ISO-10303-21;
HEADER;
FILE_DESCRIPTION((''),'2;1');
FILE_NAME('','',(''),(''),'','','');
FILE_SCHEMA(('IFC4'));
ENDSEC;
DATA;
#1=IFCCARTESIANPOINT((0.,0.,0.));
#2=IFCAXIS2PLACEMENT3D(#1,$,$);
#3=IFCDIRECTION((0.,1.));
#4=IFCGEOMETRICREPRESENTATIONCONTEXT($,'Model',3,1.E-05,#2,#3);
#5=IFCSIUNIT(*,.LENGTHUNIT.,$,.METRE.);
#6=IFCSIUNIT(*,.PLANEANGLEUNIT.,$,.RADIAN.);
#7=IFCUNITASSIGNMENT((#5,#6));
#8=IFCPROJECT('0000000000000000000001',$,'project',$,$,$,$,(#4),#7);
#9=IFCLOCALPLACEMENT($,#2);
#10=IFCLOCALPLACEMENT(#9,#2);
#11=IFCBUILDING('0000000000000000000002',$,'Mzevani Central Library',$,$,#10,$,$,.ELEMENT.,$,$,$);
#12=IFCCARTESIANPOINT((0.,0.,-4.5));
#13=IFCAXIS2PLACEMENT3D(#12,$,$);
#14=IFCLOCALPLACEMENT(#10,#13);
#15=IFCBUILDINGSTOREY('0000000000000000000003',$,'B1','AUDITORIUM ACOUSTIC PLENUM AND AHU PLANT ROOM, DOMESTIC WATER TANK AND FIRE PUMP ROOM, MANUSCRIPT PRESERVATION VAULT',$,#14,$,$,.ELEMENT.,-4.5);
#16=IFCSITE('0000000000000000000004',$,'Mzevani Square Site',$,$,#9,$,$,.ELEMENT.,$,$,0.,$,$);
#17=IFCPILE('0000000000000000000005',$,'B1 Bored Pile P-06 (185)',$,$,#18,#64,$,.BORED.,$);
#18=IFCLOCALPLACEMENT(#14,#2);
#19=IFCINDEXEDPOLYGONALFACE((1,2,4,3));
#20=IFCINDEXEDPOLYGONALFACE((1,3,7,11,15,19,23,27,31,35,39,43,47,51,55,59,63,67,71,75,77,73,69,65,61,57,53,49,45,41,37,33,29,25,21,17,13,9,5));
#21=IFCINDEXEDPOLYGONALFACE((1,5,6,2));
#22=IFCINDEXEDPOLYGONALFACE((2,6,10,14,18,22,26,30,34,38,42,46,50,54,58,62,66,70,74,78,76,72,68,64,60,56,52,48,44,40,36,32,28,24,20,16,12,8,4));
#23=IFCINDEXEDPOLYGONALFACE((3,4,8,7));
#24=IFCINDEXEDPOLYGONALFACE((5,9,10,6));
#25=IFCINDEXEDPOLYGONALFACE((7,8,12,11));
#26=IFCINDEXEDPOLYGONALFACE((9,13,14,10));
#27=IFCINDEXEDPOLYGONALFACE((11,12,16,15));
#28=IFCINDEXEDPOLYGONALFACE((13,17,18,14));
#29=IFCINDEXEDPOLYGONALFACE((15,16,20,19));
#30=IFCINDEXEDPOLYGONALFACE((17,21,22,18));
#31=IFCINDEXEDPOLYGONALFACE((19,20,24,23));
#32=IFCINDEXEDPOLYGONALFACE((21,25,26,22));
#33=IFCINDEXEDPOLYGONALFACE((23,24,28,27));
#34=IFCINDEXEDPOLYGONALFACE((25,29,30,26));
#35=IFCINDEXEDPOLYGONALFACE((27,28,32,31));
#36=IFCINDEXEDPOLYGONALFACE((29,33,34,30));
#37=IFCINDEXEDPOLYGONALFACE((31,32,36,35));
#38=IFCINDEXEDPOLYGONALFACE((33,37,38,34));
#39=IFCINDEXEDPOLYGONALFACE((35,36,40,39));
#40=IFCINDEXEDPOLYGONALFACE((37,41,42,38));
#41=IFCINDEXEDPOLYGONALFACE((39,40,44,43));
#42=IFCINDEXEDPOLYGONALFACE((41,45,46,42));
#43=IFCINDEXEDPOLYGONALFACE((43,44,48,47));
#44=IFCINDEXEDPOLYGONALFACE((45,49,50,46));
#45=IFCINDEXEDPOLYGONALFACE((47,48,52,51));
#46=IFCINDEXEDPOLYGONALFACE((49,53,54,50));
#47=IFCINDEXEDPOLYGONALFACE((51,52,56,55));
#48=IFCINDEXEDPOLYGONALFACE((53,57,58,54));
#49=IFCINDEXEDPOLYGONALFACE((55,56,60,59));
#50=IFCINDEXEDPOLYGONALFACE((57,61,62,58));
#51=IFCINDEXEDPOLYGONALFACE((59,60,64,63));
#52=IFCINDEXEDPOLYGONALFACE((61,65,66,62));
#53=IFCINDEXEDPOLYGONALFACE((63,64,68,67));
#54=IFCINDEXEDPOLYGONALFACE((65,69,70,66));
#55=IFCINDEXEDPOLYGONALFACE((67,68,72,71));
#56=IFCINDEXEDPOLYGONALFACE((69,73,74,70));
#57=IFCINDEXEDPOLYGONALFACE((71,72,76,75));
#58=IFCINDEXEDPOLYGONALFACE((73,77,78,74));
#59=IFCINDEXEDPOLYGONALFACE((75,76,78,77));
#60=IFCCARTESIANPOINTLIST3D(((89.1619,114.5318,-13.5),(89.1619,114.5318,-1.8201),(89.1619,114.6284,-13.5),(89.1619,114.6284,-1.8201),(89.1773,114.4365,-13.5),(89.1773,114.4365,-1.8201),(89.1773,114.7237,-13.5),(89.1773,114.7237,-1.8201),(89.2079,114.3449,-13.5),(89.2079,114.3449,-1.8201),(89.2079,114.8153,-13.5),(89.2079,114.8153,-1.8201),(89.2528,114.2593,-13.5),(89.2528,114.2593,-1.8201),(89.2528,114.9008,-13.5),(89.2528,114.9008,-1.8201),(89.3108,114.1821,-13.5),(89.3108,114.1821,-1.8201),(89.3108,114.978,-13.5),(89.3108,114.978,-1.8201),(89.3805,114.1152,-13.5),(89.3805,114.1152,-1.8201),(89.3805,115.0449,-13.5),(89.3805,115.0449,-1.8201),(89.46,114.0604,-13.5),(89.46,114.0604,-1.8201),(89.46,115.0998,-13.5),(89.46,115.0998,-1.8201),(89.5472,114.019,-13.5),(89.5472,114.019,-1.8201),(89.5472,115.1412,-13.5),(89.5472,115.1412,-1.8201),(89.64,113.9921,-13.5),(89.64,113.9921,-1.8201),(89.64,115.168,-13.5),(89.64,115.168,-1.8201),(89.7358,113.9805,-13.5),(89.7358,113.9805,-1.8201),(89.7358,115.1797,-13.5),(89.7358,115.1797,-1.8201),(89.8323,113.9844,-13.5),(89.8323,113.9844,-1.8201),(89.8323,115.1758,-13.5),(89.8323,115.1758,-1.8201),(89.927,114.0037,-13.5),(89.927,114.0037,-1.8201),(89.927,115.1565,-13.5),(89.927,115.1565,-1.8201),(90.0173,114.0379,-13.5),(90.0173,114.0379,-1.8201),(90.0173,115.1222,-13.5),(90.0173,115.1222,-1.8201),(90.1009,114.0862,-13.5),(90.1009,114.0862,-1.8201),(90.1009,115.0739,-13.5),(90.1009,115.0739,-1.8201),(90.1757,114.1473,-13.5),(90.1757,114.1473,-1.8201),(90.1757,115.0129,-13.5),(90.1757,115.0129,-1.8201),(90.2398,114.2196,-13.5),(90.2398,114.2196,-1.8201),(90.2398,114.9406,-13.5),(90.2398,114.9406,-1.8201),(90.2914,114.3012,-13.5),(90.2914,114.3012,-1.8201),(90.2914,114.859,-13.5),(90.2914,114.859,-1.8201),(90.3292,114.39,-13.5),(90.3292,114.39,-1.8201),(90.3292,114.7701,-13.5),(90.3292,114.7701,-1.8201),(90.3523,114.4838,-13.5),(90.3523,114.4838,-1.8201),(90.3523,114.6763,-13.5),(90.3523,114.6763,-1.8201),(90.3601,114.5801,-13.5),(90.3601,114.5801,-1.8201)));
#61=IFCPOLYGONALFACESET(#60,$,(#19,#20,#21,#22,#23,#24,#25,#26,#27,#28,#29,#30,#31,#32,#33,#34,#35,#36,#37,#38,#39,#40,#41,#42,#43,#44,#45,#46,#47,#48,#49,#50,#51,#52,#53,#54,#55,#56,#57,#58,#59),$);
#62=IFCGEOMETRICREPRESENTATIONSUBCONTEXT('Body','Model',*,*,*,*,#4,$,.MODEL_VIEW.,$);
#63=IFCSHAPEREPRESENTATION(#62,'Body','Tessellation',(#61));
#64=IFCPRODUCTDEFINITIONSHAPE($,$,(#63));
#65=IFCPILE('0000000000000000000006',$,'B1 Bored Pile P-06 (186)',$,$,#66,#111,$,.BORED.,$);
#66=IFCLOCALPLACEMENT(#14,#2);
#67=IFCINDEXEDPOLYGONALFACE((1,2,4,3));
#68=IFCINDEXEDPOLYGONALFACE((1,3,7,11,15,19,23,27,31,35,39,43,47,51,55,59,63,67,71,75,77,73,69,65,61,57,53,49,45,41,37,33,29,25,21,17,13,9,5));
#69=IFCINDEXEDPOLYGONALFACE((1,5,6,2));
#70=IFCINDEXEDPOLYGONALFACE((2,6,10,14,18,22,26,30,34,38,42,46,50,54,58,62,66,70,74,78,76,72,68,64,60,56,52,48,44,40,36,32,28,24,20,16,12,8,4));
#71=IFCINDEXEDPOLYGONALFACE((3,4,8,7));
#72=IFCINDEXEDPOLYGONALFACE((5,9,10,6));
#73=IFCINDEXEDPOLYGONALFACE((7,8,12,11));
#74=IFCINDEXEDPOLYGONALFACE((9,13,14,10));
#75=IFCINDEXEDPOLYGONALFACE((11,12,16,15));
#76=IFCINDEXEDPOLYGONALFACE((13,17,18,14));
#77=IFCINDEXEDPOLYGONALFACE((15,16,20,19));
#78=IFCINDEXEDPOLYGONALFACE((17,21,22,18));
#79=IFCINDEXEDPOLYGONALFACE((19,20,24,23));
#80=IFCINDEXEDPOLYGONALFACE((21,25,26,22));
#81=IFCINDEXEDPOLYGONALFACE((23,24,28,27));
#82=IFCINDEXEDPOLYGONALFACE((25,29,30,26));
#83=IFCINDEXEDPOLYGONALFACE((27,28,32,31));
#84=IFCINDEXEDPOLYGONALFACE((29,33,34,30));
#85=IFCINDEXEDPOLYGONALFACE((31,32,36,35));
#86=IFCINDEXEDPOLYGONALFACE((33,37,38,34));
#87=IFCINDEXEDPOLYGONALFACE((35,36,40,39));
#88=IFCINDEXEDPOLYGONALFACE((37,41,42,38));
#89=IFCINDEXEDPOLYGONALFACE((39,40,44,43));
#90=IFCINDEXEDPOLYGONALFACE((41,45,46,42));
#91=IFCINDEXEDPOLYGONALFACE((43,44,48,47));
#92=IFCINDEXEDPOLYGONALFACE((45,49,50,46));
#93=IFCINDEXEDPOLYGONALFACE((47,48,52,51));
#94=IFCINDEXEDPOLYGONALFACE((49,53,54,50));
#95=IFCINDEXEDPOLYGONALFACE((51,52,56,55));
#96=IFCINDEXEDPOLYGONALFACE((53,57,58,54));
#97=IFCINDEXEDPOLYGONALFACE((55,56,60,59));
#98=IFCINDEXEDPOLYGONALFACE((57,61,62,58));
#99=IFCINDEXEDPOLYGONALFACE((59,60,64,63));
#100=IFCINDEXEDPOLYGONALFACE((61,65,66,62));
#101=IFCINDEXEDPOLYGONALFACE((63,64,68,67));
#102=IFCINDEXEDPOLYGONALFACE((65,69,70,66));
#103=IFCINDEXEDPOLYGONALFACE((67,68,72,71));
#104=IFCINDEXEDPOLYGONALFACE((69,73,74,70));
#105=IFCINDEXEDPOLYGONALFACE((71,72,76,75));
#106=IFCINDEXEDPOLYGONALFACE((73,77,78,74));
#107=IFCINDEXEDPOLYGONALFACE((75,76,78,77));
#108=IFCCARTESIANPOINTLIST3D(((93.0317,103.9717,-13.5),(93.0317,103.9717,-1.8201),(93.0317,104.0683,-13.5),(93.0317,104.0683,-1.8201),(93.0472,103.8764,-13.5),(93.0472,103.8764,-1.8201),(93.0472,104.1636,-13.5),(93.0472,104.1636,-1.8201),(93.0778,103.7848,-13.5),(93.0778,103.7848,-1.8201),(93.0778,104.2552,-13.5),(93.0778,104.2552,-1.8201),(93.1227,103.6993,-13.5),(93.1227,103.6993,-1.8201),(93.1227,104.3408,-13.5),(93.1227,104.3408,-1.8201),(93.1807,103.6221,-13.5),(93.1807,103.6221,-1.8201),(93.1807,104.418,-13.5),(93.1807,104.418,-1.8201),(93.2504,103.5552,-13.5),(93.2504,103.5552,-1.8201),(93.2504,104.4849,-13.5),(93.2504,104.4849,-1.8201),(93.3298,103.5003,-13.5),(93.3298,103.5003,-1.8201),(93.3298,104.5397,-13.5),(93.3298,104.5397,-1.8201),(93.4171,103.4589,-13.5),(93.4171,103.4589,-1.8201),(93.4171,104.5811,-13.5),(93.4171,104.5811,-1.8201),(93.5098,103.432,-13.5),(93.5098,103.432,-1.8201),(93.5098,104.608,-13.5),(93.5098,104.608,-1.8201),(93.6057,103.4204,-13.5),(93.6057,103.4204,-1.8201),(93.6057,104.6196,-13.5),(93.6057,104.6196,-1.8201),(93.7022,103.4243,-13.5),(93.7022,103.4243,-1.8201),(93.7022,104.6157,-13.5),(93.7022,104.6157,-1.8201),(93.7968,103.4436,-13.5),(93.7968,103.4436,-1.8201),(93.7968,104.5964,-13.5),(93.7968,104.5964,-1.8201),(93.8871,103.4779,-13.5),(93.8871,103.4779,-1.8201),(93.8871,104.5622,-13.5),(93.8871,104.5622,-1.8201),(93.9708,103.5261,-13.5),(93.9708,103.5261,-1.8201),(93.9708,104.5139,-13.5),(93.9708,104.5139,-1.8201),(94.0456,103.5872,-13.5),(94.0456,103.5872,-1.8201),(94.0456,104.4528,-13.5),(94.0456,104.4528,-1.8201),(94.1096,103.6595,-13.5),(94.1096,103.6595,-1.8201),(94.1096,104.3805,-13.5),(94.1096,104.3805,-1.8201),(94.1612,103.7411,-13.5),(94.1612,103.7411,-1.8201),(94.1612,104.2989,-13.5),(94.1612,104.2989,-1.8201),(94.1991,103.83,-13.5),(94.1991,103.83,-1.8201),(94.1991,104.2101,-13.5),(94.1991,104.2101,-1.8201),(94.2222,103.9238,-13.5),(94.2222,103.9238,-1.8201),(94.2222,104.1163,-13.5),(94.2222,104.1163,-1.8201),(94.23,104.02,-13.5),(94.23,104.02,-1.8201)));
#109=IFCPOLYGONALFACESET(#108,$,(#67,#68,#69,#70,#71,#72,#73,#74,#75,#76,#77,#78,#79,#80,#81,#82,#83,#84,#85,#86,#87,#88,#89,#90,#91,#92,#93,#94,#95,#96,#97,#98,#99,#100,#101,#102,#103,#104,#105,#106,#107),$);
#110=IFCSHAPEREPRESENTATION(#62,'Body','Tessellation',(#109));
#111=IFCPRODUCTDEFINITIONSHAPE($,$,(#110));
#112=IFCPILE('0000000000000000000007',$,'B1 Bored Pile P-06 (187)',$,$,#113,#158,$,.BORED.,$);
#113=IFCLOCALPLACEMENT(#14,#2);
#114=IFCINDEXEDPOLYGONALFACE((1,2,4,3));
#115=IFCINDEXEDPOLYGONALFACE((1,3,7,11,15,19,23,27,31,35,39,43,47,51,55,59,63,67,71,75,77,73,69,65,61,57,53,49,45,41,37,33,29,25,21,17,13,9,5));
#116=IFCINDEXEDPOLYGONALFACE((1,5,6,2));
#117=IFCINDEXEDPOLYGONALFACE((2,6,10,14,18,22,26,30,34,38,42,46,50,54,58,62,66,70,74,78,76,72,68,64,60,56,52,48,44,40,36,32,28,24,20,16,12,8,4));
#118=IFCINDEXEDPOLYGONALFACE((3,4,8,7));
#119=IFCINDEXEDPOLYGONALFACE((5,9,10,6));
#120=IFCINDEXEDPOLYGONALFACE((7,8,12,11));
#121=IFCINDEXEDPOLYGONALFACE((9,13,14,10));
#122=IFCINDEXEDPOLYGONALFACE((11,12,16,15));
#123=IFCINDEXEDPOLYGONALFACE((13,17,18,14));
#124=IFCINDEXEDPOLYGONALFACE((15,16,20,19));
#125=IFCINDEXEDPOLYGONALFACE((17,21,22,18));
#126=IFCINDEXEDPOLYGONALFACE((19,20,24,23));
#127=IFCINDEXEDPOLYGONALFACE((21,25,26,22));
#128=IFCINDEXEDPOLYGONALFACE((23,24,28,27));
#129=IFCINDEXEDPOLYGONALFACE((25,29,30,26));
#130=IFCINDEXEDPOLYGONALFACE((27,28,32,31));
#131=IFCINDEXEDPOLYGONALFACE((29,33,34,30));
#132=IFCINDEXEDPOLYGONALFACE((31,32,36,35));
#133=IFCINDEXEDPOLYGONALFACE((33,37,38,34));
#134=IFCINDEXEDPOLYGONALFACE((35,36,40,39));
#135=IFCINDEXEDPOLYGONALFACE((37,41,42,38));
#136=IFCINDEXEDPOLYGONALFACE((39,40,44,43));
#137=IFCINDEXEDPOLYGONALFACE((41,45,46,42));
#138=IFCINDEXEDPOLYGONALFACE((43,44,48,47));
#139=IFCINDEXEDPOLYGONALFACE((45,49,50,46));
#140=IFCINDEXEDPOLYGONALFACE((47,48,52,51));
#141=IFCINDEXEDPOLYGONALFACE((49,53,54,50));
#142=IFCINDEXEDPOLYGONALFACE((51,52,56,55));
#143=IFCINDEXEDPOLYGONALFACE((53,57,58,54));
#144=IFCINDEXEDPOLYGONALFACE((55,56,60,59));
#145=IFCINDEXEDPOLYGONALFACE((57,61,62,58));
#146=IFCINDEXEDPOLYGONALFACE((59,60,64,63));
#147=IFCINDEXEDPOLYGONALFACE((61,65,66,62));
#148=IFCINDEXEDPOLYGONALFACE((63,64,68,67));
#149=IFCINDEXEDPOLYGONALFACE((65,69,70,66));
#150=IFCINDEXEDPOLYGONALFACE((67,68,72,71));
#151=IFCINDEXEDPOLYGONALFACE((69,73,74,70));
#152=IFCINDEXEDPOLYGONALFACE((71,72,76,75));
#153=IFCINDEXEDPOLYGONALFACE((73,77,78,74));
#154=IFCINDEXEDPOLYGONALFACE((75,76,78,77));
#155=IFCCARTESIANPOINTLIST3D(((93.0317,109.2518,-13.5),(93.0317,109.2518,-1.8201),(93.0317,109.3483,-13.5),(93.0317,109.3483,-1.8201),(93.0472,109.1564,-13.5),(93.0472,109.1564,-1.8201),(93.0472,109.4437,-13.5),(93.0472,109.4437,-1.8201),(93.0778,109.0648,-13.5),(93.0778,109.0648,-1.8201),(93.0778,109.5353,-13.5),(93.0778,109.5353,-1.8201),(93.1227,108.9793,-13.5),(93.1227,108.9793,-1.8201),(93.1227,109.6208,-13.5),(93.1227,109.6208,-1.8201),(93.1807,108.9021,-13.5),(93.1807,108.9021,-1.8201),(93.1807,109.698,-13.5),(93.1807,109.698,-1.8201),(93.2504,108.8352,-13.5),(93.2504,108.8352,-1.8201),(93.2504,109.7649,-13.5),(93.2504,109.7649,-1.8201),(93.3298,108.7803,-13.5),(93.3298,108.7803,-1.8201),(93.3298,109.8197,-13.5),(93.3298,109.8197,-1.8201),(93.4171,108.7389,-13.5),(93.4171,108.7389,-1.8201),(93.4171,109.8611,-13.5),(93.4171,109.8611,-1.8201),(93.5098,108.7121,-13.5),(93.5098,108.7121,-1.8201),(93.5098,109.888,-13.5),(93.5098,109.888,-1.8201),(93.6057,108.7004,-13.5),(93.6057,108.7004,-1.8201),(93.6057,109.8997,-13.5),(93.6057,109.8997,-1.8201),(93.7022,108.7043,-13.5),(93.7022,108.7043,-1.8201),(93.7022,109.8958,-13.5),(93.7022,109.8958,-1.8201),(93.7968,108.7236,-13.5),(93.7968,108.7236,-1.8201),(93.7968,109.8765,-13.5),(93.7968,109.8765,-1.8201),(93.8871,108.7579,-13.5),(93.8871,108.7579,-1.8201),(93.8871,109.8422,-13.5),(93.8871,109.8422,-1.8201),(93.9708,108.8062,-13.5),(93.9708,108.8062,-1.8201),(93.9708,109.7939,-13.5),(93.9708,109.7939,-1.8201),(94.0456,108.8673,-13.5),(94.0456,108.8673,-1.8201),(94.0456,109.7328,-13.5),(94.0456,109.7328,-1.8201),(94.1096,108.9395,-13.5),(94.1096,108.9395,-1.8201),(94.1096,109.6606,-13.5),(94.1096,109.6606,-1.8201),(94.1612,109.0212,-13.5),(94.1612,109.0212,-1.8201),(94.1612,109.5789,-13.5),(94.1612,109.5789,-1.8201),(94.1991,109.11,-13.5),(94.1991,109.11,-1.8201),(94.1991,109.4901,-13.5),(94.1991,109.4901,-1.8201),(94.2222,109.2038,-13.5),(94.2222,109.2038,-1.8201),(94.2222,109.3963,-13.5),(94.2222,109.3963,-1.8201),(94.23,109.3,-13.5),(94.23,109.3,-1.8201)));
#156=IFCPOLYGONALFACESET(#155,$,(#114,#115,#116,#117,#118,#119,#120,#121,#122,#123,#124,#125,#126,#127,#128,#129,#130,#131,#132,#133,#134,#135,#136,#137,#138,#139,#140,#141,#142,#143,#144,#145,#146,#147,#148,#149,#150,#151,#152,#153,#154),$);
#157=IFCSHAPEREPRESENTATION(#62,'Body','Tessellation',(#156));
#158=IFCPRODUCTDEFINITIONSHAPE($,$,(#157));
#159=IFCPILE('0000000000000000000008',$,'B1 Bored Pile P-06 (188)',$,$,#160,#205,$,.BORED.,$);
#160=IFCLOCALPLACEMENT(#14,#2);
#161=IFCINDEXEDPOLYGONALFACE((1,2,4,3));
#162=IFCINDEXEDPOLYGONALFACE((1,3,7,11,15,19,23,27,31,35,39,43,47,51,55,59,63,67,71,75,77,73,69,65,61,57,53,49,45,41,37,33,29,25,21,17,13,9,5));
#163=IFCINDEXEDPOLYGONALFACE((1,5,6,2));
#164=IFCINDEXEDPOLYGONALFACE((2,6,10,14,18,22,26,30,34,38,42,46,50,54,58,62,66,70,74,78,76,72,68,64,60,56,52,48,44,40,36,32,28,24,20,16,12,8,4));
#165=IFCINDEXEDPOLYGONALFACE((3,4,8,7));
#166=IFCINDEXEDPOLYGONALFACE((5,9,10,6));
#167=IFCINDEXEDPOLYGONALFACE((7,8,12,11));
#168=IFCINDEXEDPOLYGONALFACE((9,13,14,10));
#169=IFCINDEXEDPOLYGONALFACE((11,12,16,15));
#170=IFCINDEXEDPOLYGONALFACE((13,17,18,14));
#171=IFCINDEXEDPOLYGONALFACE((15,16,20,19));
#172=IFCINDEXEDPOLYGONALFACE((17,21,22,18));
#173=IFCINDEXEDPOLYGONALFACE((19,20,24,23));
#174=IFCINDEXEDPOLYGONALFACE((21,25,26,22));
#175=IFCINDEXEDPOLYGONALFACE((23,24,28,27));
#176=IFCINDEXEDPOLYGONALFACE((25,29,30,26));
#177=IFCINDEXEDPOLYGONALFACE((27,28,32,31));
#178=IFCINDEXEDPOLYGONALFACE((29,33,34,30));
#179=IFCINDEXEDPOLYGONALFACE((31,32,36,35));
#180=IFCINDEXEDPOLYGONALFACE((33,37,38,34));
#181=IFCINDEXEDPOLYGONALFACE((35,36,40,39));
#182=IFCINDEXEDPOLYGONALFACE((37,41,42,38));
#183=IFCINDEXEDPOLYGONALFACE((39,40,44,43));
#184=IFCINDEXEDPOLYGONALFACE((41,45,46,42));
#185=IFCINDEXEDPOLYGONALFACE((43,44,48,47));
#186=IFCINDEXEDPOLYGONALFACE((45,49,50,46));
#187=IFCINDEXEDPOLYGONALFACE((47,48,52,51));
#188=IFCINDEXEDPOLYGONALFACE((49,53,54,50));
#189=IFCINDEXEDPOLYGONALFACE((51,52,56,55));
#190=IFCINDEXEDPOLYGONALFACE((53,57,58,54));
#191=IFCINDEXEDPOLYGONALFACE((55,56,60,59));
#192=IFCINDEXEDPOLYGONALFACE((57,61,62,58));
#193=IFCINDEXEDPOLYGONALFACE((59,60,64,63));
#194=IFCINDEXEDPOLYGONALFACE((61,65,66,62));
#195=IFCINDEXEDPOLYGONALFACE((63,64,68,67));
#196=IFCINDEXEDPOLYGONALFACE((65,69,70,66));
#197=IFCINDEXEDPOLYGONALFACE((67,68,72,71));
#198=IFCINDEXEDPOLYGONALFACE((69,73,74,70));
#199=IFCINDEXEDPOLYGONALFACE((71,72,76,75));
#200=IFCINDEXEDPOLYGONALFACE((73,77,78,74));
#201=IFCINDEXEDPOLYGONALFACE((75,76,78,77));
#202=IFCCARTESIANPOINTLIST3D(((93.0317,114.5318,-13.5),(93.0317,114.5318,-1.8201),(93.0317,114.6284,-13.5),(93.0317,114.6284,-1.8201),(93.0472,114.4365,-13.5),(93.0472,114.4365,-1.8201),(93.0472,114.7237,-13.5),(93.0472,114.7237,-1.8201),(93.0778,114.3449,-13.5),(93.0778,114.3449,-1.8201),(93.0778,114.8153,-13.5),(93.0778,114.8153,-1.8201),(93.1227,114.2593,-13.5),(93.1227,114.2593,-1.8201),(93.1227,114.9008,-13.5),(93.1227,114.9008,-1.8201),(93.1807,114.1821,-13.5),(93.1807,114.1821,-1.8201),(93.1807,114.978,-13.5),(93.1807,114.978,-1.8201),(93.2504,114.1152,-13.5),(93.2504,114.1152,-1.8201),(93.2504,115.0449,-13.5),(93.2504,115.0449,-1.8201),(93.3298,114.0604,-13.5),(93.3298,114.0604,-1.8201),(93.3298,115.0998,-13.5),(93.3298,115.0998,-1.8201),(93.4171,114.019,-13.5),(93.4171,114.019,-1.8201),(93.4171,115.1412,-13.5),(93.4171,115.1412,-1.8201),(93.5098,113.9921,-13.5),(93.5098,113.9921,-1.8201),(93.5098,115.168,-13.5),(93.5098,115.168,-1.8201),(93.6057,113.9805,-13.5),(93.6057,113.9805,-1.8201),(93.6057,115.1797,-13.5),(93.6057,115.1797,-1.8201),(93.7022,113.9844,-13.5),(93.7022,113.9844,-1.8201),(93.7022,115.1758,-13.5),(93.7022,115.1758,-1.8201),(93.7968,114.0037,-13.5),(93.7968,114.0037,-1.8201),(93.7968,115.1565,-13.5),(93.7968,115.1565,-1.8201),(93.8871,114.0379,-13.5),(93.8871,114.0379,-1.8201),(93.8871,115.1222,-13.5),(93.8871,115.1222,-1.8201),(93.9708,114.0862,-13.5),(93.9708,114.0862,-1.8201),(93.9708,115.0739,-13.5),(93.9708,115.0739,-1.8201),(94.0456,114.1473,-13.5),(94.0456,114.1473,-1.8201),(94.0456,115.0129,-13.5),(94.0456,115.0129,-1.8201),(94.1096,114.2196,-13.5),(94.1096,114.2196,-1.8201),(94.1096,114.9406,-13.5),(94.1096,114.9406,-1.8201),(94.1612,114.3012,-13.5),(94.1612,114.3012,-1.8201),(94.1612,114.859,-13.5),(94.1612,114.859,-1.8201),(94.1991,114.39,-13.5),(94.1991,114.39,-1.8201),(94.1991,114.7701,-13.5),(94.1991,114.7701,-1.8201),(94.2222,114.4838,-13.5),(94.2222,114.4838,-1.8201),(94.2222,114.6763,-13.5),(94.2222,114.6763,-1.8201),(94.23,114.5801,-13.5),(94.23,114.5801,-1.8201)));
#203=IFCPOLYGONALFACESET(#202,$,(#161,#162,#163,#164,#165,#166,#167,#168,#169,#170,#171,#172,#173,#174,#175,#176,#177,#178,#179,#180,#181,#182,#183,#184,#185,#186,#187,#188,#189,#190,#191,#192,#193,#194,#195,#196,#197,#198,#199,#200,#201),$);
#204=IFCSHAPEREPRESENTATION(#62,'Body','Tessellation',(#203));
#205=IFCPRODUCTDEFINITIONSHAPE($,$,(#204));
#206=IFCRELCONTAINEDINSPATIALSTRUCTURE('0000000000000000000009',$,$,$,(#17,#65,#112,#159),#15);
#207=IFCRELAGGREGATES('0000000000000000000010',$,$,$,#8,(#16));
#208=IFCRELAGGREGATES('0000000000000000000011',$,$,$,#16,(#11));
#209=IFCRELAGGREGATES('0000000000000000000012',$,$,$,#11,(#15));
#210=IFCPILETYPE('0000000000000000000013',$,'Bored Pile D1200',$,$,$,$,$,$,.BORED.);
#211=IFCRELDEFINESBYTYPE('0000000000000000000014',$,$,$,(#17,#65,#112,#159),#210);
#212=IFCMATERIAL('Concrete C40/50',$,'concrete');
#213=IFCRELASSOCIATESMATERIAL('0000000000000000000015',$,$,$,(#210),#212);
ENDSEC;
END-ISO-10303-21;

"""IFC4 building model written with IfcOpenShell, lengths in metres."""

from ifc_helpers import new_model, si_unit, direction, frame, origin, origin_2d, place, context, subcontext, project, spatial, circle, extrude, material, material_profile, profile_set, type_object, element, save


model = new_model("IFC4")

# Units and contexts
model_context = context("Model", 3, precision=1e-05, world=origin(), true_north=direction((0.0, 1.0)))
body_context = subcontext(model_context, "Body", "Model", "MODEL_VIEW")
ifc_project = project(units=[si_unit("LENGTHUNIT", "METRE"), si_unit("PLANEANGLEUNIT", "RADIAN")], contexts=[model_context])

# Site, building, storey
site_placement = place(None, origin())
site = spatial("IfcSite", under=ifc_project, at=site_placement, Name="Mzevani Square Site", CompositionType="ELEMENT", RefElevation=0.0)
building_placement = place(site_placement, origin())
building = spatial("IfcBuilding", under=site, at=building_placement, Name="Mzevani Central Library", CompositionType="ELEMENT")
storey_placement = place(building_placement, frame((0.0, 0.0, -4.5)))
storey = spatial("IfcBuildingStorey", under=building, at=storey_placement, Name="B1", Description="AUDITORIUM ACOUSTIC PLENUM AND AHU PLANT ROOM, DOMESTIC WATER TANK AND FIRE PUMP ROOM, MANUSCRIPT PRESERVATION VAULT", CompositionType="ELEMENT", Elevation=-4.5)

# Piles
ifc_material_1 = material(Name="Concrete C40/50", Category="concrete")
ifc_material_profile_1 = material_profile(ifc_material_1, circle(Radius=0.6001, at=origin_2d()), Name="PILE D1200")
ifc_profile_set_1 = profile_set([ifc_material_profile_1], Name="Concrete C40/50")
pile_type_1 = type_object("IfcPileType", Name="Bored Pile D1200", PredefinedType="BORED", material=ifc_profile_set_1)
for number, where, z_axis, x_axis, name in (
    (1, (89.76, 114.5801, -1.8201), (0.0, 0.0, -1.0), (1.0, 0.0, 0.0), "B1 Bored Pile P-06 (185)"),
    (2, (93.6299, 104.02, -1.8201), (0.0, 0.0, -1.0), (1.0, 0.0, 0.0), "B1 Bored Pile P-06 (186)"),
    (3, (93.6299, 109.3, -1.8201), (0.0, 0.0, -1.0), (1.0, 0.0, 0.0), "B1 Bored Pile P-06 (187)"),
    (4, (93.6299, 114.5801, -1.8201), (0.0, 0.0, -1.0), (1.0, 0.0, 0.0), "B1 Bored Pile P-06 (188)"),
):
    element("IfcPile", number, at=place(storey_placement, frame(where, z_axis=z_axis, x_axis=x_axis)), inside=storey, type_object=pile_type_1, Name=name, PredefinedType="BORED", context=body_context, shape_type="SweptSolid", body=[
        extrude(circle(Radius=0.6001, at=origin_2d()), origin(), (0.0, 0.0, 1.0), 11.6799),
    ])

save(model, "model.ifc")
